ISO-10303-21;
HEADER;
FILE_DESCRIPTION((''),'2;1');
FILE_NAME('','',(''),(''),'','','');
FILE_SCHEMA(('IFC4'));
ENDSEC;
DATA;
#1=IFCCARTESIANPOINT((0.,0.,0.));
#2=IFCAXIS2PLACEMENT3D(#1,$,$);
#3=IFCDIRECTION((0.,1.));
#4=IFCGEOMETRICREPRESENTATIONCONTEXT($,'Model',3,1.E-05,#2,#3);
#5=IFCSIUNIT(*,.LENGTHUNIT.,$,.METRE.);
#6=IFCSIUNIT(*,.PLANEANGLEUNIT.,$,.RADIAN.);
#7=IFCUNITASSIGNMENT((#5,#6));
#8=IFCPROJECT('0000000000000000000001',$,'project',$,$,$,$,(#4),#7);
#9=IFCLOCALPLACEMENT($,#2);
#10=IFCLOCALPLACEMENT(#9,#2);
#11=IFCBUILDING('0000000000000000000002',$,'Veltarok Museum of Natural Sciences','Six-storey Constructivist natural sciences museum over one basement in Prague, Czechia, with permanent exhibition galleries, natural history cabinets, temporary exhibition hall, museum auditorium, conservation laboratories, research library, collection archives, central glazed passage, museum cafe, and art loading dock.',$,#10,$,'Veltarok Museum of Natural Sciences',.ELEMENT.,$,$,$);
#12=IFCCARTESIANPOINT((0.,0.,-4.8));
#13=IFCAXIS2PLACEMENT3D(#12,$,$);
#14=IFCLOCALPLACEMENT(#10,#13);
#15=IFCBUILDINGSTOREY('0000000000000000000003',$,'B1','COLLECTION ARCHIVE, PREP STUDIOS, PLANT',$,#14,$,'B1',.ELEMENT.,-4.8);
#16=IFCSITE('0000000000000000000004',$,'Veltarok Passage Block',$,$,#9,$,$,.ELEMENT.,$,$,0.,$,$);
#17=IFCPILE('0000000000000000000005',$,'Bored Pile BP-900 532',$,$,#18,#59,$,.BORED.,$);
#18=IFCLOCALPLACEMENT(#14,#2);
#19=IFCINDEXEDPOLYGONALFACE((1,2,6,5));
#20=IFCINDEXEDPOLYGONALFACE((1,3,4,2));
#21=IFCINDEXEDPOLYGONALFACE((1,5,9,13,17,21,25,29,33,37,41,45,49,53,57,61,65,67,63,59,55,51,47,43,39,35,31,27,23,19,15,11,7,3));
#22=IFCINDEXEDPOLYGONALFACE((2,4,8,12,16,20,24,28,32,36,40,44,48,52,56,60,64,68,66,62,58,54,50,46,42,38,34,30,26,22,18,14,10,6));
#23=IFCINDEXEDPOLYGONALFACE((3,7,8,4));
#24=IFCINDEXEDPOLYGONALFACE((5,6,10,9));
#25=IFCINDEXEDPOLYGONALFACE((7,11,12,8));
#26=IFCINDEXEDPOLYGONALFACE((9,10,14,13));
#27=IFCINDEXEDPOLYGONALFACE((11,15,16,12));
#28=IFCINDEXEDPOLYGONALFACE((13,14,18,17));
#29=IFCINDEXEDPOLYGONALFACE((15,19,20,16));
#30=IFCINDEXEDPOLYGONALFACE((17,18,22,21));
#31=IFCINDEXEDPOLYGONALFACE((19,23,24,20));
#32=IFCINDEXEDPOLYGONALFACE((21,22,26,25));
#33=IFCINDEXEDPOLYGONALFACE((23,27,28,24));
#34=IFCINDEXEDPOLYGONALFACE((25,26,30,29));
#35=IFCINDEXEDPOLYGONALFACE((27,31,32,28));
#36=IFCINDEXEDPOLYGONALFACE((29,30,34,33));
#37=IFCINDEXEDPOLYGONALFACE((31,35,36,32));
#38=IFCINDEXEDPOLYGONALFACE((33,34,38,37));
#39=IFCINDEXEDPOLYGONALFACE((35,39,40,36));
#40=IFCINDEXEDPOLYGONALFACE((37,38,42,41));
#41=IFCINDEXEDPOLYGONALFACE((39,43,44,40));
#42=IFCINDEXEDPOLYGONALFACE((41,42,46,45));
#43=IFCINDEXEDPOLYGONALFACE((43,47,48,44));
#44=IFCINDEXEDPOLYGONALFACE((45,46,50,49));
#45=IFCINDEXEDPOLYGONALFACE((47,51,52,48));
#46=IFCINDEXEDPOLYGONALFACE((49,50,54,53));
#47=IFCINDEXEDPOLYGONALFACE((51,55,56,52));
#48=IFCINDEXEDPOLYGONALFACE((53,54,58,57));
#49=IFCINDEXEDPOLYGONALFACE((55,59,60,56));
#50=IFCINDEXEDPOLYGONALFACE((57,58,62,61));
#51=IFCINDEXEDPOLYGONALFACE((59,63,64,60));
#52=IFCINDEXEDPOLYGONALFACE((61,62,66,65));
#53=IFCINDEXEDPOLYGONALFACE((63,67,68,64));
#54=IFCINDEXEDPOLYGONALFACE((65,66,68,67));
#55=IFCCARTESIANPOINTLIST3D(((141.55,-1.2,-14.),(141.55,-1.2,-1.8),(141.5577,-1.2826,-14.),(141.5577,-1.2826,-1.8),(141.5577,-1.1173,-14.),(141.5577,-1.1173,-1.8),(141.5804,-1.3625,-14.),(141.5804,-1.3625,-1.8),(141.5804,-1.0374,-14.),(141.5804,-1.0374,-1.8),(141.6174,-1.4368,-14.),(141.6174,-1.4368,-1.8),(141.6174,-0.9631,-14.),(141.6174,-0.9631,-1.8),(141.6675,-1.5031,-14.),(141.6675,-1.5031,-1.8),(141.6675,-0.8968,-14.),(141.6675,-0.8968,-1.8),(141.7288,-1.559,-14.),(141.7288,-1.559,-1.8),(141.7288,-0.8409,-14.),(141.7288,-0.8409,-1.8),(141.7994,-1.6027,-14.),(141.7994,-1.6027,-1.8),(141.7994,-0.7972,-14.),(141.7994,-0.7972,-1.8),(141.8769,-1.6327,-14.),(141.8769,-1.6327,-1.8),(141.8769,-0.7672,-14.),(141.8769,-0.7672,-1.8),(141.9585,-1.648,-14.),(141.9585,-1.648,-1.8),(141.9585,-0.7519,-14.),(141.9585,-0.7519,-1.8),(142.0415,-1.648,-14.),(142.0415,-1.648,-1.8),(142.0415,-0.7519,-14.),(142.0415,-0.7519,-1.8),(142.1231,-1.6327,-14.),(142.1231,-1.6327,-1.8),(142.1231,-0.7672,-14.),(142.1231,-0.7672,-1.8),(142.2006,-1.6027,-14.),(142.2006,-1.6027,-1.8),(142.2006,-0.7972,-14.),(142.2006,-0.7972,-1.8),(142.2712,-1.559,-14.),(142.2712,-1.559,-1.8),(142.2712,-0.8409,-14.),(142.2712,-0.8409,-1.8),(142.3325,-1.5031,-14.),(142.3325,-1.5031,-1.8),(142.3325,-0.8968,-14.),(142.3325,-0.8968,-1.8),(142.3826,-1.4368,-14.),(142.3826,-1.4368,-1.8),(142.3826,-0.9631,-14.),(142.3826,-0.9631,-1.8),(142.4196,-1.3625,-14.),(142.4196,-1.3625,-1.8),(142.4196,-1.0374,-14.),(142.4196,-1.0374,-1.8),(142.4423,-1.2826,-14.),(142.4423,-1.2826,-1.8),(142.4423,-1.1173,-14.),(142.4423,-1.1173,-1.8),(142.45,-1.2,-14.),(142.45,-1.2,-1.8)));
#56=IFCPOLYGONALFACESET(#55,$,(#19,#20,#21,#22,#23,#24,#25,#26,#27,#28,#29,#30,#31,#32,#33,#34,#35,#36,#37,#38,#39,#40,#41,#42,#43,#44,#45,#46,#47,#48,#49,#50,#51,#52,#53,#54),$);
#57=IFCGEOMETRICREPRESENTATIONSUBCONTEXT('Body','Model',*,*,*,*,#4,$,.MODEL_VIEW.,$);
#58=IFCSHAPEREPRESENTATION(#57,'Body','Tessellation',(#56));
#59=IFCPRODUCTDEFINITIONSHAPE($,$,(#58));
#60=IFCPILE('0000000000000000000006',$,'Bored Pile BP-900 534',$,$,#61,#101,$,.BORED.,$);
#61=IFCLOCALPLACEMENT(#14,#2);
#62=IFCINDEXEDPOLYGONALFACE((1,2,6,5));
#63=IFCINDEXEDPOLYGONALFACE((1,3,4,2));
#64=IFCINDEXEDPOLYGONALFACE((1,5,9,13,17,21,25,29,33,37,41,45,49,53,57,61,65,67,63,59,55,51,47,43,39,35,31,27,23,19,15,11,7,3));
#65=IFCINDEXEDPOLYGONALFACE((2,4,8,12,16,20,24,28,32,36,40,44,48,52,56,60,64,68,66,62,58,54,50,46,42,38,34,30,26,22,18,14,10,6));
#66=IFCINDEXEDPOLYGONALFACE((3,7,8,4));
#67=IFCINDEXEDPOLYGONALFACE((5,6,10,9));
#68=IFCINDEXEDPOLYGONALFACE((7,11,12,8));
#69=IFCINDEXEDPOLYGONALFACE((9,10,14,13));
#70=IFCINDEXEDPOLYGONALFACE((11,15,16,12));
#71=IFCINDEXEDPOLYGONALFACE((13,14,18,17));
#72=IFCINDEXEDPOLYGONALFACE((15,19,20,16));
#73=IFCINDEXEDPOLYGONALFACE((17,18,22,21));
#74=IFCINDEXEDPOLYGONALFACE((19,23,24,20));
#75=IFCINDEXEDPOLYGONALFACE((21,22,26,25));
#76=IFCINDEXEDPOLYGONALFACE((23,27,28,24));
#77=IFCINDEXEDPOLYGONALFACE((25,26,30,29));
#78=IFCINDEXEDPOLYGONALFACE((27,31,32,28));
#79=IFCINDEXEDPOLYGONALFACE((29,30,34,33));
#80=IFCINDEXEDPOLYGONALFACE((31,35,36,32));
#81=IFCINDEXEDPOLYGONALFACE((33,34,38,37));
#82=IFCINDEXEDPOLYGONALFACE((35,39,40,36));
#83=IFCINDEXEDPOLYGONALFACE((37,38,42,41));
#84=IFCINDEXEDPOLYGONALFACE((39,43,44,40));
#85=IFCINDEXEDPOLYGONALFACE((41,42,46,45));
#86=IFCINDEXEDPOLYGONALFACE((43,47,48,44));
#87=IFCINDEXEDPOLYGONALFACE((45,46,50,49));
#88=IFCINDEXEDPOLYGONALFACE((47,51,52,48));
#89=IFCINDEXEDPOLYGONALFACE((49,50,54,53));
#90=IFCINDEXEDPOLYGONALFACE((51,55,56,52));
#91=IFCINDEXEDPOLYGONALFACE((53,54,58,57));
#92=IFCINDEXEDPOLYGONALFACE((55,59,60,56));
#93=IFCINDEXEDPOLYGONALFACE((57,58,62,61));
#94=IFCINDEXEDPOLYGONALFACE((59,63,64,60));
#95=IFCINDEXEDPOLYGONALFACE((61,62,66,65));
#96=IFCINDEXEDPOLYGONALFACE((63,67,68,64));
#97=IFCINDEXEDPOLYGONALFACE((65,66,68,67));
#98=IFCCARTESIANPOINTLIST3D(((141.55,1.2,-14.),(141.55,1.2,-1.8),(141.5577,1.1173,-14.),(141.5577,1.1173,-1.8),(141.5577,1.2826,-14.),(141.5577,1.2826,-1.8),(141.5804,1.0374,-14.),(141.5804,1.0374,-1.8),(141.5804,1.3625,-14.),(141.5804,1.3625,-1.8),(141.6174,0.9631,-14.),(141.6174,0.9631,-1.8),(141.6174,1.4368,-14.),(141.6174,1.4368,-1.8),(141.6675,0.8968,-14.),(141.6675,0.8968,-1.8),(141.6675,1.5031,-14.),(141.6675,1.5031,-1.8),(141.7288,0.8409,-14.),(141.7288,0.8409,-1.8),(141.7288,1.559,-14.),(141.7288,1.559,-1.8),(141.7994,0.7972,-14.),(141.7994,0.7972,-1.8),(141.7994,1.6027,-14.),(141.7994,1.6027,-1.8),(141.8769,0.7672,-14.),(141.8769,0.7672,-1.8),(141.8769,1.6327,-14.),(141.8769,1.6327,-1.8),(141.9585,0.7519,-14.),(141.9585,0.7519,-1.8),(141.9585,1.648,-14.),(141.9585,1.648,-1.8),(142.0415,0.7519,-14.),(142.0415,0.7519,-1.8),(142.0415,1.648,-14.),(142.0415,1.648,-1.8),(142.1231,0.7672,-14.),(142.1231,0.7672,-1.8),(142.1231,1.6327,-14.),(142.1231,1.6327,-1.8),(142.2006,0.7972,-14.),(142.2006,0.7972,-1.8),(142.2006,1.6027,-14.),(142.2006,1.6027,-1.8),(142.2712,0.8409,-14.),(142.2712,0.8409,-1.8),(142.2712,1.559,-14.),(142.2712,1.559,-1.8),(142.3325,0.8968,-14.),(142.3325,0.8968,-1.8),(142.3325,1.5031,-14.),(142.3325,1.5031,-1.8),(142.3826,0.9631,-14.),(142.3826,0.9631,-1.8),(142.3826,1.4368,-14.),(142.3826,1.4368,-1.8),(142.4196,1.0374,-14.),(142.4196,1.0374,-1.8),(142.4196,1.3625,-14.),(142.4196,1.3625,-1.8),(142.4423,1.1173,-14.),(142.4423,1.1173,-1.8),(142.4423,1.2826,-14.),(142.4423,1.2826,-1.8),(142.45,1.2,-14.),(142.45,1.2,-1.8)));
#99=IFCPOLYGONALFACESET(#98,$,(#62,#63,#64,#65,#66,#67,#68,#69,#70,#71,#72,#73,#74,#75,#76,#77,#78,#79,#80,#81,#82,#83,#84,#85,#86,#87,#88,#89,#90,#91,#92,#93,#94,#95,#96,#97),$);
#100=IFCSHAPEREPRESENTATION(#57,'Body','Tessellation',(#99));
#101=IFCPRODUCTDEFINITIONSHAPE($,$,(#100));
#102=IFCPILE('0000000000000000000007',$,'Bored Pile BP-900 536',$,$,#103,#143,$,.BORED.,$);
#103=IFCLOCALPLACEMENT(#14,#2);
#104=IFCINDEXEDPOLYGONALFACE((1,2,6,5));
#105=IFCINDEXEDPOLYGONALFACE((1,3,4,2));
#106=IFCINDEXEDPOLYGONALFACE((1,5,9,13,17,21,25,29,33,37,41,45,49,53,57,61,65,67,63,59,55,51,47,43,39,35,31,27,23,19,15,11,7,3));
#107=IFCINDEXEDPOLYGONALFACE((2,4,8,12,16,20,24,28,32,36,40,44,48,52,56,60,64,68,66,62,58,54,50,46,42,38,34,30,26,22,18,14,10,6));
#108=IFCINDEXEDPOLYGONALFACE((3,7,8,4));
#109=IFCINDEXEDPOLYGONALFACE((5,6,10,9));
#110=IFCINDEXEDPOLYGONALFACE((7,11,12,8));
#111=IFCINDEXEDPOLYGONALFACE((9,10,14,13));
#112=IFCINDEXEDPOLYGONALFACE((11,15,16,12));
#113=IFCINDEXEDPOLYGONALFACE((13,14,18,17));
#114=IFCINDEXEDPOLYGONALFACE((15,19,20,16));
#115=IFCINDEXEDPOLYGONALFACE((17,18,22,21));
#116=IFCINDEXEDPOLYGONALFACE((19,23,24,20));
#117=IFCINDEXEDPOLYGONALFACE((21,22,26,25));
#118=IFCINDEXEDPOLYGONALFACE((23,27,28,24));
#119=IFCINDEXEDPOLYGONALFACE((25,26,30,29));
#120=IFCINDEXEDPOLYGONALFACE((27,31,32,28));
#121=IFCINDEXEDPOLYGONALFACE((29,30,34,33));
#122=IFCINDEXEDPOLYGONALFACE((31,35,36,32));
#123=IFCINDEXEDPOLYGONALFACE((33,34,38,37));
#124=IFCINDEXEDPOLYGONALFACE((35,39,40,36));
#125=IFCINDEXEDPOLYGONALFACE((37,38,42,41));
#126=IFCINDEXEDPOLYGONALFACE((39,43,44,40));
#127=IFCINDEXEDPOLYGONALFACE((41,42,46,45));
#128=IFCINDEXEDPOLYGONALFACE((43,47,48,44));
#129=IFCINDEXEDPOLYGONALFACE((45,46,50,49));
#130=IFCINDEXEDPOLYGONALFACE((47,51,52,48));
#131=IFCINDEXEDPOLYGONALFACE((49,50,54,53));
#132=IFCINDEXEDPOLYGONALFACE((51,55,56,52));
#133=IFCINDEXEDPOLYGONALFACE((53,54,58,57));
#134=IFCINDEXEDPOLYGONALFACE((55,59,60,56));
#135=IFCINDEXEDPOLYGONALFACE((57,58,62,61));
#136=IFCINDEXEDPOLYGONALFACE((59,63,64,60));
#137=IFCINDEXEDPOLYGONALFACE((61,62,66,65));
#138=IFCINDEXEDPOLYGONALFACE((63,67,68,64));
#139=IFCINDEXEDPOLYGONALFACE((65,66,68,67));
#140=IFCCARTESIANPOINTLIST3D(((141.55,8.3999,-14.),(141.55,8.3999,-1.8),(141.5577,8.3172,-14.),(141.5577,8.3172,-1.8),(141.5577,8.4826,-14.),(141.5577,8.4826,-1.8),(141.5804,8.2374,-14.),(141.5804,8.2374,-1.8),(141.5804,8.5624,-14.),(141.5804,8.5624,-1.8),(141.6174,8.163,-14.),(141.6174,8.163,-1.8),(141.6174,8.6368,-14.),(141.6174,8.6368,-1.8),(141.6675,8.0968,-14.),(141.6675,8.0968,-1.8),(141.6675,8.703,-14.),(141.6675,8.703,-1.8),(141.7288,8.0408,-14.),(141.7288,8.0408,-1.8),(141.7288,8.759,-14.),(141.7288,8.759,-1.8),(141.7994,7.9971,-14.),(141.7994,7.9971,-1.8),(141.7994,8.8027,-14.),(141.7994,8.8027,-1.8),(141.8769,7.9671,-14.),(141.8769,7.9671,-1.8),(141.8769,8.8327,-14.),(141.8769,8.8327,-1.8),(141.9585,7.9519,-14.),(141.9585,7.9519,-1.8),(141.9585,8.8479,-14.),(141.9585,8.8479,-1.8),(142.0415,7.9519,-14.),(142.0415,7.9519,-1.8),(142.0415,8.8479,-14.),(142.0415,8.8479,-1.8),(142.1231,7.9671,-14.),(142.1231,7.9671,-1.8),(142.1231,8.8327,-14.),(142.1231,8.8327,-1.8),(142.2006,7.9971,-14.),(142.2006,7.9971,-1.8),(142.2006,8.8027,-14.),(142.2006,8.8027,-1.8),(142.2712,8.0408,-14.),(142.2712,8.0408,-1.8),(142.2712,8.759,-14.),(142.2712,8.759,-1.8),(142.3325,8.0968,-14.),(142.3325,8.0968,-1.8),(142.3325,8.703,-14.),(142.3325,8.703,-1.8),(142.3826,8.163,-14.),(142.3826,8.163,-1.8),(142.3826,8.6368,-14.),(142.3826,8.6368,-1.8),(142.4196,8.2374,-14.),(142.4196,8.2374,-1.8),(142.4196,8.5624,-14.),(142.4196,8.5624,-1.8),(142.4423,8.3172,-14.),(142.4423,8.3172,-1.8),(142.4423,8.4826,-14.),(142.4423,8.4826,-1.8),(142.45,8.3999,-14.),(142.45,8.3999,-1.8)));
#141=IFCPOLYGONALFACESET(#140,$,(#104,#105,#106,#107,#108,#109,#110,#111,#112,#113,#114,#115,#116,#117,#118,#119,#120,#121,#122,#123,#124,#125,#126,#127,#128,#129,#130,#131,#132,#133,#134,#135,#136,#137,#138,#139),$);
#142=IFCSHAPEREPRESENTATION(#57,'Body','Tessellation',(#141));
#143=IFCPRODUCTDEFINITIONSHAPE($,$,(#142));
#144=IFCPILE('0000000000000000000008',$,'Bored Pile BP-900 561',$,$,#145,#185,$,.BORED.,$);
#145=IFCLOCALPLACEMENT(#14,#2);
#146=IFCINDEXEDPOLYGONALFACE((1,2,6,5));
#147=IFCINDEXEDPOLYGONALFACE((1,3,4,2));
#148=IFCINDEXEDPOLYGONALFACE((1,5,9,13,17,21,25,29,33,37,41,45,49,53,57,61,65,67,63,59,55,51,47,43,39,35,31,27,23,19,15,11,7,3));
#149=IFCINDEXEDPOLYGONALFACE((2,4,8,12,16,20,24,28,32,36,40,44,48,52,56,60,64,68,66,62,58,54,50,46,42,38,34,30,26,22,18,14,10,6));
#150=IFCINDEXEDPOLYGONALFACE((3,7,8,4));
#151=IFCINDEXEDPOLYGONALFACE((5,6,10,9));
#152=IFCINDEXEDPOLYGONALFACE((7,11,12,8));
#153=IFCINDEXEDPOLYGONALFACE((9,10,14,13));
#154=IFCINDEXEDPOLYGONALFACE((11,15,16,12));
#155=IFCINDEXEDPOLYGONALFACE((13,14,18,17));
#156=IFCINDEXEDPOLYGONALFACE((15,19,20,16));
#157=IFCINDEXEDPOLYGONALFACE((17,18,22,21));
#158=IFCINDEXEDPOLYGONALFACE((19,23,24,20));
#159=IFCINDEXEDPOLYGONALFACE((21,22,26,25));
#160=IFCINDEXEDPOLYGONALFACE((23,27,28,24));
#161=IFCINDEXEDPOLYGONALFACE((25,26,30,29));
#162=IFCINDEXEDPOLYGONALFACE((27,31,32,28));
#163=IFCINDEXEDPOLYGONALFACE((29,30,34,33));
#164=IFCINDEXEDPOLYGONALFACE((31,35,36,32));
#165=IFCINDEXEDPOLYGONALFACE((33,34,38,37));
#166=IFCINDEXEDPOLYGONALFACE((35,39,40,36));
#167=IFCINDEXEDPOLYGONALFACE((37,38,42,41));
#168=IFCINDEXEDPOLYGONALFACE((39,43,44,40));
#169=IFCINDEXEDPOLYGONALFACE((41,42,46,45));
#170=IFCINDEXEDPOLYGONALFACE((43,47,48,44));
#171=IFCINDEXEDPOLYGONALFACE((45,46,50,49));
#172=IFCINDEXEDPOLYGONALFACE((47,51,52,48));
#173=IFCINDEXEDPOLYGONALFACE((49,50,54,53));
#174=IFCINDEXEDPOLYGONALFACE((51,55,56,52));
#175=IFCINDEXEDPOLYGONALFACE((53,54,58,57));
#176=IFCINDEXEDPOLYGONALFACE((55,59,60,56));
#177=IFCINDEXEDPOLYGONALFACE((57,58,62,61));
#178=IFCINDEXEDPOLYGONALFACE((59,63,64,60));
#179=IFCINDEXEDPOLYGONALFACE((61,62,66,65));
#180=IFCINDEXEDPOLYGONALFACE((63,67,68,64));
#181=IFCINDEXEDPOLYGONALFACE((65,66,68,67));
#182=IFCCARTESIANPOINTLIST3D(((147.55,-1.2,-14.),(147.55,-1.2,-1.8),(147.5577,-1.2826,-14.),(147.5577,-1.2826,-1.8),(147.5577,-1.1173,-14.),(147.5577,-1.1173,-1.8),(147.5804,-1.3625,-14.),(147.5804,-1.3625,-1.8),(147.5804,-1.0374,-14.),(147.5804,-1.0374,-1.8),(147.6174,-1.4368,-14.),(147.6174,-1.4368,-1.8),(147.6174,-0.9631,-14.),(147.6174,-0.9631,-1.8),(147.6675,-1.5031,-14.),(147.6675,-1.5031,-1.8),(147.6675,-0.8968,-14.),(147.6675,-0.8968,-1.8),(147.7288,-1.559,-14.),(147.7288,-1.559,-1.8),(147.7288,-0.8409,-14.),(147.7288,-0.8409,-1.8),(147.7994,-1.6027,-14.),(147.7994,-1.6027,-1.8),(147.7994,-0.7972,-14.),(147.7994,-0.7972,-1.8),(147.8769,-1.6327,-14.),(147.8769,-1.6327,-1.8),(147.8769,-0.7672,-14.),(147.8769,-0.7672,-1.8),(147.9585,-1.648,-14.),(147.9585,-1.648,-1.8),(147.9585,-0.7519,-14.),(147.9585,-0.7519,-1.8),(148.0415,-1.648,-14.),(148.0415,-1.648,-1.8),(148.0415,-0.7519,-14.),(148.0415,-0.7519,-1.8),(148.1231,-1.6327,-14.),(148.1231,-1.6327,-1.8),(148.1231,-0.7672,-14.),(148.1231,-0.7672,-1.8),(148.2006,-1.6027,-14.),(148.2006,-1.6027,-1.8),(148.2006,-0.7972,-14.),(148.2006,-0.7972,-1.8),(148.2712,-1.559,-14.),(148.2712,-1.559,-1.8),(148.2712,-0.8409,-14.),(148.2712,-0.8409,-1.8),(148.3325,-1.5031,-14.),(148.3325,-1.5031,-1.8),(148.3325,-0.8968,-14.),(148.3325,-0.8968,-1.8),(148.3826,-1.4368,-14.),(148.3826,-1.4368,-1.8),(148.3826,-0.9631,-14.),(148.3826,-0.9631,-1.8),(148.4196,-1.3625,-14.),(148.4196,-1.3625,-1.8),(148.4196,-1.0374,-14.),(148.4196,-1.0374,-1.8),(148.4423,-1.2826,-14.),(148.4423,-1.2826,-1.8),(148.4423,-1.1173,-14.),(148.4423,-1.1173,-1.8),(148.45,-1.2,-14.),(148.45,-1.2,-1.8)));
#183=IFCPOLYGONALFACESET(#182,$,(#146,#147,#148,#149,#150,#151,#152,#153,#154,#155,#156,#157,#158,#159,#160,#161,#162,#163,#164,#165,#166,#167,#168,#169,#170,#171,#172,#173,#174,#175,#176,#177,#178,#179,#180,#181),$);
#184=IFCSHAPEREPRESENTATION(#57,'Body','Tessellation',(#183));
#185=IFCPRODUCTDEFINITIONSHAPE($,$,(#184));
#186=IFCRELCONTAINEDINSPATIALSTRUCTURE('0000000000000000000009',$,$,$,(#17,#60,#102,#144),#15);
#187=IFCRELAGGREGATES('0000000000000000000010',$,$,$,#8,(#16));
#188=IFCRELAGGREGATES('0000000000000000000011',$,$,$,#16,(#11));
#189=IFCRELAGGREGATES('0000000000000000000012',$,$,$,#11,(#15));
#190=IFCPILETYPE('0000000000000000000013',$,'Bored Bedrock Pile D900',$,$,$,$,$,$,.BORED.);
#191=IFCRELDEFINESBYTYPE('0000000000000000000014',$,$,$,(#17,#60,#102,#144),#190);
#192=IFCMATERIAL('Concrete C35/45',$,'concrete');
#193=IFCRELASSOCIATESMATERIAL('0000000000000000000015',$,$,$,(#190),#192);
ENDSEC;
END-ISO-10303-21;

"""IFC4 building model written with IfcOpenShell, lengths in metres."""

from ifc_helpers import new_model, si_unit, direction, frame, origin, origin_2d, place, context, subcontext, project, spatial, circle, extrude, material, material_profile, profile_set, type_object, element, save


model = new_model("IFC4")

# Units and contexts
model_context = context("Model", 3, precision=1e-05, world=origin(), true_north=direction((0.0, 1.0)))
body_context = subcontext(model_context, "Body", "Model", "MODEL_VIEW")
ifc_project = project(units=[si_unit("LENGTHUNIT", "METRE"), si_unit("PLANEANGLEUNIT", "RADIAN")], contexts=[model_context])

# Site, building, storey
site_placement = place(None, origin())
site = spatial("IfcSite", under=ifc_project, at=site_placement, Name="Veltarok Passage Block", CompositionType="ELEMENT", RefElevation=0.0)
building_placement = place(site_placement, origin())
building = spatial("IfcBuilding", under=site, at=building_placement, Name="Veltarok Museum of Natural Sciences", Description="Six-storey Constructivist natural sciences museum over one basement in Prague, Czechia, with permanent exhibition galleries, natural history cabinets, temporary exhibition hall, museum auditorium, conservation laboratories, research library, collection archives, central glazed passage, museum cafe, and art loading dock.", LongName="Veltarok Museum of Natural Sciences", CompositionType="ELEMENT")
storey_placement = place(building_placement, frame((0.0, 0.0, -4.8)))
storey = spatial("IfcBuildingStorey", under=building, at=storey_placement, Name="B1", Description="COLLECTION ARCHIVE, PREP STUDIOS, PLANT", LongName="B1", CompositionType="ELEMENT", Elevation=-4.8)

# Piles
ifc_material_1 = material(Name="Concrete C35/45", Category="concrete")
ifc_material_profile_1 = material_profile(ifc_material_1, circle(Radius=0.45, at=origin_2d()), Name="BP D900")
ifc_profile_set_1 = profile_set([ifc_material_profile_1], Name="Concrete C35/45")
pile_type = type_object("IfcPileType", Name="Bored Bedrock Pile D900", PredefinedType="BORED", material=ifc_profile_set_1)
for number, where, z_axis, x_axis, name in (
    (1, (142.0, -1.2, -1.8), (0.0, 0.0, -1.0), (1.0, 0.0, 0.0), "Bored Pile BP-900 532"),
    (2, (142.0, 1.2, -1.8), (0.0, 0.0, -1.0), (1.0, 0.0, 0.0), "Bored Pile BP-900 534"),
    (3, (142.0, 8.3999, -1.8), (0.0, 0.0, -1.0), (1.0, 0.0, 0.0), "Bored Pile BP-900 536"),
    (4, (148.0, -1.2, -1.8), (0.0, 0.0, -1.0), (1.0, 0.0, 0.0), "Bored Pile BP-900 561"),
):
    element("IfcPile", number, at=place(storey_placement, frame(where, z_axis=z_axis, x_axis=x_axis)), inside=storey, type_object=pile_type, Name=name, PredefinedType="BORED", context=body_context, shape_type="SweptSolid", body=[
        extrude(circle(Radius=0.45, at=origin_2d()), origin(), (0.0, 0.0, 1.0), 12.2),
    ])

save(model, "model.ifc")
